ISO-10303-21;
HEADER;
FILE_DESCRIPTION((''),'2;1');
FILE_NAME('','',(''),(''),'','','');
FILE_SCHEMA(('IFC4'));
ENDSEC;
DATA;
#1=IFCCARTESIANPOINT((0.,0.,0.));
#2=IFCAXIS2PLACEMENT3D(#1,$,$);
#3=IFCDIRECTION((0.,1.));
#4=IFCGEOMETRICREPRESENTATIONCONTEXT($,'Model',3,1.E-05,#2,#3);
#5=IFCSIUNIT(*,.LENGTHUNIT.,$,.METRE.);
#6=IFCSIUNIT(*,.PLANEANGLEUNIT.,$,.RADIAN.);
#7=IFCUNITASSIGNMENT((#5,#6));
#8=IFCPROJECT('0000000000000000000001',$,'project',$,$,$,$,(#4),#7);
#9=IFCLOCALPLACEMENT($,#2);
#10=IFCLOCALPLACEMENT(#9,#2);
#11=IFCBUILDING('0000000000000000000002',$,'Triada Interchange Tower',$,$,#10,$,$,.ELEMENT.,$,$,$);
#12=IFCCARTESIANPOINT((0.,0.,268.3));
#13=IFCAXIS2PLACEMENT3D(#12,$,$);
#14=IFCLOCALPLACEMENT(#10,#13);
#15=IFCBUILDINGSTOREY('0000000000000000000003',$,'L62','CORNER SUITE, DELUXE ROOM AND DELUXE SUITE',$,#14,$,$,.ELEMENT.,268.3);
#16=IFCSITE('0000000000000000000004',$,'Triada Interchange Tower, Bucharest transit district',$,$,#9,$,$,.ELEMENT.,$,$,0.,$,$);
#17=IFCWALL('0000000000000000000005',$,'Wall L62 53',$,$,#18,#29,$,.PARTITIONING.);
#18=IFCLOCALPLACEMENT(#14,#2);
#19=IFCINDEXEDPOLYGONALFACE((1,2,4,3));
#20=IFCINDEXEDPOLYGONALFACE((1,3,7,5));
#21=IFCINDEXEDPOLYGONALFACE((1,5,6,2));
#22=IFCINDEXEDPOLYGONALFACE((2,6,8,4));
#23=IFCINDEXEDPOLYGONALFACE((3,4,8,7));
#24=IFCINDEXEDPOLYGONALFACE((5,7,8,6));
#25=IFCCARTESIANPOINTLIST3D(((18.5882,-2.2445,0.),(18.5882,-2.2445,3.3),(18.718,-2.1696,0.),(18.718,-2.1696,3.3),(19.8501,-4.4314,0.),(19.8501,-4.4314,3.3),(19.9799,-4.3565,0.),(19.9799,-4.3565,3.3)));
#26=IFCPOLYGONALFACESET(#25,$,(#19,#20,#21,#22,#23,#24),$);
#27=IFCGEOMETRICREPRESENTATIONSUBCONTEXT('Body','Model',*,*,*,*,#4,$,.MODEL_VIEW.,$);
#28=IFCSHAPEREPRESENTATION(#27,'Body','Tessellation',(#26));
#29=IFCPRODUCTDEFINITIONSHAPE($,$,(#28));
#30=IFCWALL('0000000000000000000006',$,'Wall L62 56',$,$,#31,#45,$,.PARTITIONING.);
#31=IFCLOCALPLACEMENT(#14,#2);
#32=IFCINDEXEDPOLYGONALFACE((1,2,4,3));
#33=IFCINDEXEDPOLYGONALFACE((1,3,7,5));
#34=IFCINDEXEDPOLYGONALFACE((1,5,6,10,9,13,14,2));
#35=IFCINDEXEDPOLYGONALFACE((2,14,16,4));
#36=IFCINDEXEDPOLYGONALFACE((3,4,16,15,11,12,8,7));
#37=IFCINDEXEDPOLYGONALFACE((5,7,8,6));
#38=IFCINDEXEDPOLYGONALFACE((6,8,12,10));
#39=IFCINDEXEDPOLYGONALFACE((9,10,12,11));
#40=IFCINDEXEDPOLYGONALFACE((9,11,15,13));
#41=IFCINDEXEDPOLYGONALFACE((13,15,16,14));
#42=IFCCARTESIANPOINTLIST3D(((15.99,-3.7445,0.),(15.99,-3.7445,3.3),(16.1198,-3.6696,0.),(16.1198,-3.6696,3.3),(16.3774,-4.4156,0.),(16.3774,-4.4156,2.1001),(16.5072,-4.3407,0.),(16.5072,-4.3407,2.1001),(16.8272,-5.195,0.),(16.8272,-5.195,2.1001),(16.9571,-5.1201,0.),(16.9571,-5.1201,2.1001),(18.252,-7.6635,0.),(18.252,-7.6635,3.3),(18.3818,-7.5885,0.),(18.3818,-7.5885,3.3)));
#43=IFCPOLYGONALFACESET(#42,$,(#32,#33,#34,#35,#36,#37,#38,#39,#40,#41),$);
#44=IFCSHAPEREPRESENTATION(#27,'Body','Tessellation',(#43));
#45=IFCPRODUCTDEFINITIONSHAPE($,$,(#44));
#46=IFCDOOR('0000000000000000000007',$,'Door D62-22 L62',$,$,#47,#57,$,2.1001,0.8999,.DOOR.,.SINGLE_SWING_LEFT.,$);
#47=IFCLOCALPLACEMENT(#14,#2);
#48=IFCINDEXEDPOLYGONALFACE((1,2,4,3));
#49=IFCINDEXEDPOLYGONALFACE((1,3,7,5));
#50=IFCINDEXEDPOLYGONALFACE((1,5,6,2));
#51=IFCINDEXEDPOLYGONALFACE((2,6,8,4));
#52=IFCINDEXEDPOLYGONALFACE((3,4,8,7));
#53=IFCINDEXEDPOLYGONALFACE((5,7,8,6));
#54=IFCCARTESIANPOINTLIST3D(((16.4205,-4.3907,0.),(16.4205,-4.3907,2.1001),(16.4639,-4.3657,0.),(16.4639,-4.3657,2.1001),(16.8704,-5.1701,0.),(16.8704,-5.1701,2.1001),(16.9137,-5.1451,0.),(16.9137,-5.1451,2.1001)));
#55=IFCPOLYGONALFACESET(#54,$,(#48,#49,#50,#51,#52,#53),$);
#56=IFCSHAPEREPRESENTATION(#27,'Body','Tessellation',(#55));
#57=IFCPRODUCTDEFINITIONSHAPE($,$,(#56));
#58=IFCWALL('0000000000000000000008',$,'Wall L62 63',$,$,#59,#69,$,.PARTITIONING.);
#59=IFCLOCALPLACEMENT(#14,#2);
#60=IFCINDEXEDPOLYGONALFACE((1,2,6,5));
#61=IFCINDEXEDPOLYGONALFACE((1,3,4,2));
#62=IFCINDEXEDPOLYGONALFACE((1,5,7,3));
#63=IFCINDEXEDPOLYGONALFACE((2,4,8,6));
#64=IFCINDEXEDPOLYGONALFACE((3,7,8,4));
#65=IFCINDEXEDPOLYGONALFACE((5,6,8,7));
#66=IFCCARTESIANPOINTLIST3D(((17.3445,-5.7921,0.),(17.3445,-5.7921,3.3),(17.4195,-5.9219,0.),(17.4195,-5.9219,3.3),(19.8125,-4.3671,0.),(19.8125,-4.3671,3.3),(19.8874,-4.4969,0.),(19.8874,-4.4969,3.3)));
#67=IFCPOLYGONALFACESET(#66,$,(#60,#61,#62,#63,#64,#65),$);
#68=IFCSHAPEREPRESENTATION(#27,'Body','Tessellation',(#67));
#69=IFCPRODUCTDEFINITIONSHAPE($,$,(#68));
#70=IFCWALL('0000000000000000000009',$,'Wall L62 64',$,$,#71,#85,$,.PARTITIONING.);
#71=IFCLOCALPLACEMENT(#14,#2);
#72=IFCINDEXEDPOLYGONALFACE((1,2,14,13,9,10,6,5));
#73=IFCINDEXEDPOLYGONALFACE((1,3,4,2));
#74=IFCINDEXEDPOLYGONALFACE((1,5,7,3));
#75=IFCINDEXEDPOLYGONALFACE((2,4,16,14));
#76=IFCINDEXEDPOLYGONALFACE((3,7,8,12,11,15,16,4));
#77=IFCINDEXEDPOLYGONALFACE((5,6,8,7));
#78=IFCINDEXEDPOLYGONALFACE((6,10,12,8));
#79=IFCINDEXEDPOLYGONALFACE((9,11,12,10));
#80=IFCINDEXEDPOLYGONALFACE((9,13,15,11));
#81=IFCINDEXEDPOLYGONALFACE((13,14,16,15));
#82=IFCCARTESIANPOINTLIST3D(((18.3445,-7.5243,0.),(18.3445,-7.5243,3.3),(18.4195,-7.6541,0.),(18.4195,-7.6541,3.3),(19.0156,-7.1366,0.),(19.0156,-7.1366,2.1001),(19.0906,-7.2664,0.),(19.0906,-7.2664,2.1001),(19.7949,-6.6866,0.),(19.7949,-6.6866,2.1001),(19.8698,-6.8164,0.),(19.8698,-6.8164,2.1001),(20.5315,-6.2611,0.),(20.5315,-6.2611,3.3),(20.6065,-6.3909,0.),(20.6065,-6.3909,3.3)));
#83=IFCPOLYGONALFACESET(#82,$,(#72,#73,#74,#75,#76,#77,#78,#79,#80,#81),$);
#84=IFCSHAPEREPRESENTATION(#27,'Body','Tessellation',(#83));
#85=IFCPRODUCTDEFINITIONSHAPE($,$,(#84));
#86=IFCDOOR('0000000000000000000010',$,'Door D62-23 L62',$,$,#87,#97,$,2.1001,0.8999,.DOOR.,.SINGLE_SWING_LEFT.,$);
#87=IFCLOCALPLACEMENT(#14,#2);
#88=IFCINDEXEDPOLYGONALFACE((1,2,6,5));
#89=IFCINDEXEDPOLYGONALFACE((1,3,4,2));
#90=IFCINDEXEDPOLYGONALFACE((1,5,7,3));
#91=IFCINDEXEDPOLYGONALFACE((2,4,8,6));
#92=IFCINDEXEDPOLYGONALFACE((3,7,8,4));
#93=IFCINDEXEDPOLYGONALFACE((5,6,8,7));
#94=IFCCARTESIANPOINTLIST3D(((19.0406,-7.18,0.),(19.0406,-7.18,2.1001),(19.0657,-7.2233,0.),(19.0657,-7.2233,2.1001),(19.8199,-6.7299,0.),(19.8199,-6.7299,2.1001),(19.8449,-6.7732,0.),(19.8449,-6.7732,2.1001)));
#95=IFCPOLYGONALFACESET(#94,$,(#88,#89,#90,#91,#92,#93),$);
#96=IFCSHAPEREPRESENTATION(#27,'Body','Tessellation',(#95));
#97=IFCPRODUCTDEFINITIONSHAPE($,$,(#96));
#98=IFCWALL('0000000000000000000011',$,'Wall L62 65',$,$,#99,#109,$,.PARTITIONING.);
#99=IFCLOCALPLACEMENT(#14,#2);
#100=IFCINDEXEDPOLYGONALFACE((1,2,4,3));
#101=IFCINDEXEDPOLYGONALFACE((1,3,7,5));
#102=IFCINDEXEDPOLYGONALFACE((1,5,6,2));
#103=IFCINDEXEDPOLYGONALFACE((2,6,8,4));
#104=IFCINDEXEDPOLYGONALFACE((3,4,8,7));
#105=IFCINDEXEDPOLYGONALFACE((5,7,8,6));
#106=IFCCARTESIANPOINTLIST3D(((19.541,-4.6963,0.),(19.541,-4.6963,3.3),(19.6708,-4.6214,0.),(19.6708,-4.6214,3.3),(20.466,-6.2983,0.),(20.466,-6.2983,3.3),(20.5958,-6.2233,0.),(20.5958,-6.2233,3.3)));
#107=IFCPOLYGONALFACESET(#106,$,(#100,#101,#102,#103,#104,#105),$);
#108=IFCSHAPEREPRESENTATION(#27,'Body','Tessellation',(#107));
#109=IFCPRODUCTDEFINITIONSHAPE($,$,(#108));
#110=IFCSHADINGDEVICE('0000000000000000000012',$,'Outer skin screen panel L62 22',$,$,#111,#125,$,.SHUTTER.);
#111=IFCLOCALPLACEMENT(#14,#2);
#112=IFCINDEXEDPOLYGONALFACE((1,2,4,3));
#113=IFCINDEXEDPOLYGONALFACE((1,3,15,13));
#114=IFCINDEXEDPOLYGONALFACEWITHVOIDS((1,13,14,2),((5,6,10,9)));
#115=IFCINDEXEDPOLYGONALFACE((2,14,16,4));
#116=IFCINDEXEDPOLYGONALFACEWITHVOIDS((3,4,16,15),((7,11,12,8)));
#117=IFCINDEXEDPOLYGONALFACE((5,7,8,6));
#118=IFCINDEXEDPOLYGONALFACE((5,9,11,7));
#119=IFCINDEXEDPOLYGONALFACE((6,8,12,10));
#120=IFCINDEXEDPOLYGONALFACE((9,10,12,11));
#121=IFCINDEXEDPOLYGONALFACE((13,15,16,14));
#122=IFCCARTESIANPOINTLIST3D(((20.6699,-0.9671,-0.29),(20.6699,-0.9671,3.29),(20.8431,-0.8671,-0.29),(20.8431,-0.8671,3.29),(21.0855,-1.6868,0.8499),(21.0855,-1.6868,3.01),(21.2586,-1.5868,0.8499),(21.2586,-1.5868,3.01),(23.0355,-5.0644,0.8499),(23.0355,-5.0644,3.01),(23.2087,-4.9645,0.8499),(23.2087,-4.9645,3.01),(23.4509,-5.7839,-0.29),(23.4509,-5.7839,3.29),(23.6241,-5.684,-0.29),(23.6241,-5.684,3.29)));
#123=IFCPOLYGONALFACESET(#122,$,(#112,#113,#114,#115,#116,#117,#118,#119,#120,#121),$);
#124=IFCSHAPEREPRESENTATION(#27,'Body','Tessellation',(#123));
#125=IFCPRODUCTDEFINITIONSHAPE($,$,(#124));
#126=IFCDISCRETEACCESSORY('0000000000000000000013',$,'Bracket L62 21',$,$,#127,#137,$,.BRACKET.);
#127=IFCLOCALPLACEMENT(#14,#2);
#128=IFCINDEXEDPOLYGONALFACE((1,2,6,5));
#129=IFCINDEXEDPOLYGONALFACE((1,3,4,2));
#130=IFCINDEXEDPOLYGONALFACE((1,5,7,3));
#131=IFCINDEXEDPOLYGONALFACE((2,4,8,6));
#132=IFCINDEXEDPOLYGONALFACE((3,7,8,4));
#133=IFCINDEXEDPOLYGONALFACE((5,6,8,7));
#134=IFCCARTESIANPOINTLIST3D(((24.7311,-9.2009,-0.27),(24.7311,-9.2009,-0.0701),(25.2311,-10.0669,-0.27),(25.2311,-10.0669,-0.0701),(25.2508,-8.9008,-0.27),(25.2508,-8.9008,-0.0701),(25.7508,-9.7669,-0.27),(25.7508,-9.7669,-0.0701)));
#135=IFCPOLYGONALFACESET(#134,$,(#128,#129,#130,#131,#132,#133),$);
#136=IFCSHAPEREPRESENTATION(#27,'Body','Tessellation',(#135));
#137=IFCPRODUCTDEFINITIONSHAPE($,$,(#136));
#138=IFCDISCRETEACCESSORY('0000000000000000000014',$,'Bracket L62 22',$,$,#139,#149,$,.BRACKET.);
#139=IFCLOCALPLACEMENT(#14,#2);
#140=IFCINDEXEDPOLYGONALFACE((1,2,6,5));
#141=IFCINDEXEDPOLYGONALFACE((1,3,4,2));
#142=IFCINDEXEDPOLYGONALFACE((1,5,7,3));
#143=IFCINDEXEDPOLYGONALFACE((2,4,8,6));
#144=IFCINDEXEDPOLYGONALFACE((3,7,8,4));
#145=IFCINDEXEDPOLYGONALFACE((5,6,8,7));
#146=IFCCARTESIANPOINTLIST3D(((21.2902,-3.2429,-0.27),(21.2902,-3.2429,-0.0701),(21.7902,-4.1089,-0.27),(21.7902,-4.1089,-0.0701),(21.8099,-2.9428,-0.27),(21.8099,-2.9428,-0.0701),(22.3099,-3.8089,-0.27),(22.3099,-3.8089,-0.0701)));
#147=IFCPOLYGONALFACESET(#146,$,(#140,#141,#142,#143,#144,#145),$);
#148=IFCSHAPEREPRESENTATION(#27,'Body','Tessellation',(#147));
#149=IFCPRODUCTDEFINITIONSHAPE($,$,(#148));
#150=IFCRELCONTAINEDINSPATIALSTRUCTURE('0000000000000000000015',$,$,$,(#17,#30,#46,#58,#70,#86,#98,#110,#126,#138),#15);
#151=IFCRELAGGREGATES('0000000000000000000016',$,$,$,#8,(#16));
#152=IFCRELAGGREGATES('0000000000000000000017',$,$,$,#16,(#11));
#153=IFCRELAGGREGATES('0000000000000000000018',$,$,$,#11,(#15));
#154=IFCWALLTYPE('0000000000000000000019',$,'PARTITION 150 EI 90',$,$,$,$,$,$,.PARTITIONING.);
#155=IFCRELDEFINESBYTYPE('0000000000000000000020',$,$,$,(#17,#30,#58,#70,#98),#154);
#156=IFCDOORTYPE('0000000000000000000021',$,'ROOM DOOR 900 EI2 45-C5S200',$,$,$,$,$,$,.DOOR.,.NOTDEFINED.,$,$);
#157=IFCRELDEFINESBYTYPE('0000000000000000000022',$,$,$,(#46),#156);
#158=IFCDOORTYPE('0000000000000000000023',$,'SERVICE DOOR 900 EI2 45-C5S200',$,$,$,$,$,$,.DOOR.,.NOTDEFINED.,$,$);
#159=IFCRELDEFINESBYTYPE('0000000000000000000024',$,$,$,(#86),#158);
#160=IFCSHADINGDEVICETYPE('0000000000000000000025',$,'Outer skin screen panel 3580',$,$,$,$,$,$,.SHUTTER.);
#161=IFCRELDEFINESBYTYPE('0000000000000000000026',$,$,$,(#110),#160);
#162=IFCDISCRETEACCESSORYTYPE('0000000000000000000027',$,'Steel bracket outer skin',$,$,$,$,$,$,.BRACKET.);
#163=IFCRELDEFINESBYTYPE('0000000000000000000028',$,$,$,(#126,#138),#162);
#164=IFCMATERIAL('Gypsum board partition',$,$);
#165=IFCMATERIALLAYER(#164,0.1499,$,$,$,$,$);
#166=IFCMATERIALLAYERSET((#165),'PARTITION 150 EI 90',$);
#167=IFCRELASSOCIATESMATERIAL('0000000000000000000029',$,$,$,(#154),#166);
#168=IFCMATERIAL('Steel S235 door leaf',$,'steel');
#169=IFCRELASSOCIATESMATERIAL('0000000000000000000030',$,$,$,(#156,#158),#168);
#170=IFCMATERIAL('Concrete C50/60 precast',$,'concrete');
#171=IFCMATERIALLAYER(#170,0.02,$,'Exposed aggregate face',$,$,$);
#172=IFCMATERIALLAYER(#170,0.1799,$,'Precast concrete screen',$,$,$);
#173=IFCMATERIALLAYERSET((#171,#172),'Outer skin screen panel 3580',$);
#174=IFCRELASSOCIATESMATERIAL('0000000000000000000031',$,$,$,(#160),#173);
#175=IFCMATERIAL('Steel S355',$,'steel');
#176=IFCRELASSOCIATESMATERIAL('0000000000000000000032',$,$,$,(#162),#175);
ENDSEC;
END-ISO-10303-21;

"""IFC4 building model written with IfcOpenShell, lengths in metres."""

from ifc_helpers import new_model, si_unit, direction, frame, frame_2d, origin, origin_2d, place, context, subcontext, project, spatial, polyline, rectangle, outline, extrude, material, layer, layer_set, type_object, element, fill, save


model = new_model("IFC4")

# Units and contexts
model_context = context("Model", 3, precision=1e-05, world=origin(), true_north=direction((0.0, 1.0)))
body_context = subcontext(model_context, "Body", "Model", "MODEL_VIEW")
ifc_project = project(units=[si_unit("LENGTHUNIT", "METRE"), si_unit("PLANEANGLEUNIT", "RADIAN")], contexts=[model_context])

# Site, building, storey
site_placement = place(None, origin())
site = spatial("IfcSite", under=ifc_project, at=site_placement, Name="Triada Interchange Tower, Bucharest transit district", CompositionType="ELEMENT", RefElevation=0.0)
building_placement = place(site_placement, origin())
building = spatial("IfcBuilding", under=site, at=building_placement, Name="Triada Interchange Tower", CompositionType="ELEMENT")
storey_placement = place(building_placement, frame((0.0, 0.0, 268.3)))
storey = spatial("IfcBuildingStorey", under=building, at=storey_placement, Name="L62", Description="CORNER SUITE, DELUXE ROOM AND DELUXE SUITE", CompositionType="ELEMENT", Elevation=268.3)

# Wall
ifc_material_1 = material(Name="Gypsum board partition")
ifc_layer_1 = layer(ifc_material_1, 0.1499)
ifc_layer_set_1 = layer_set([ifc_layer_1], Name="PARTITION 150 EI 90")
wall_type_1 = type_object("IfcWallType", Name="PARTITION 150 EI 90", PredefinedType="PARTITIONING", material=ifc_layer_set_1)
wall_1_placement = place(storey_placement, frame((18.6531, -2.207, 0.0), z_axis=(0.0, 0.0, 1.0), x_axis=(0.499789, -0.866147, 0.0)))
element("IfcWall", 1, at=wall_1_placement, inside=storey, type_object=wall_type_1, Name="Wall L62 53", PredefinedType="PARTITIONING", context=body_context, shape_type="SweptSolid", body=[
    extrude(rectangle(XDim=2.5249, YDim=0.1499, at=frame_2d((1.2625, 0.0))), origin(), (0.0, 0.0, 1.0), 3.3),
])

# Wall, opening, door
wall_2_placement = place(storey_placement, frame((16.0549, -3.707, 0.0), z_axis=(0.0, 0.0, 1.0), x_axis=(0.499894, -0.866087, 0.0)))
wall_2 = element("IfcWall", 2, at=wall_2_placement, inside=storey, type_object=wall_type_1, Name="Wall L62 56", PredefinedType="PARTITIONING", context=body_context, shape_type="SweptSolid", body=[
    extrude(rectangle(XDim=4.5249, YDim=0.1499, at=frame_2d((2.2625, 0.0))), origin(), (0.0, 0.0, 1.0), 3.3),
])
opening_1_placement = place(wall_2_placement, frame((0.7749, 0.0, 0.0)))
opening_1 = element("IfcOpeningElement", 3, at=opening_1_placement, cuts=wall_2, PredefinedType="OPENING", context=body_context, shape_type="SweptSolid", body=[
    extrude(rectangle(XDim=0.8999, YDim=2.1001, at=frame_2d((0.45, 1.05))), frame((0.0, 0.085, 0.0), z_axis=(0.0, -1.0, 0.0), x_axis=(1.0, 0.0, 0.0)), (0.0, 0.0, 1.0), 0.1699),
])
ifc_material_2 = material(Name="Steel S235 door leaf", Category="steel")
door_type_1 = type_object("IfcDoorType", Name="ROOM DOOR 900 EI2 45-C5S200", OperationType="NOTDEFINED", PredefinedType="DOOR", material=ifc_material_2)
door_1_placement = place(opening_1_placement, origin())
door_1 = element("IfcDoor", 4, at=door_1_placement, inside=storey, type_object=door_type_1, Name="Door D62-22 L62", OperationType="SINGLE_SWING_LEFT", OverallHeight=2.1001, OverallWidth=0.8999, PredefinedType="DOOR", context=body_context, shape_type="SweptSolid", body=[
    extrude(rectangle(XDim=0.8999, YDim=2.1001, at=frame_2d((0.45, 1.05))), frame((0.0, 0.0249, 0.0), z_axis=(0.0, -1.0, 0.0), x_axis=(1.0, 0.0, 0.0)), (0.0, 0.0, 1.0), 0.05),
])
fill(opening_1, door_1)

# Wall
wall_3_placement = place(storey_placement, frame((17.3821, -5.8569, 0.0), z_axis=(0.0, 0.0, 1.0), x_axis=(0.866004, 0.500036, 0.0)))
element("IfcWall", 5, at=wall_3_placement, inside=storey, type_object=wall_type_1, Name="Wall L62 63", PredefinedType="PARTITIONING", context=body_context, shape_type="SweptSolid", body=[
    extrude(rectangle(XDim=2.8499, YDim=0.1499, at=frame_2d((1.4248, 0.0))), origin(), (0.0, 0.0, 1.0), 3.3),
])

# Wall, opening, door
wall_4_placement = place(storey_placement, frame((18.3821, -7.5891, 0.0), z_axis=(0.0, 0.0, 1.0), x_axis=(0.865938, 0.500152, 0.0)))
wall_4 = element("IfcWall", 6, at=wall_4_placement, inside=storey, type_object=wall_type_1, Name="Wall L62 64", PredefinedType="PARTITIONING", context=body_context, shape_type="SweptSolid", body=[
    extrude(rectangle(XDim=2.5256, YDim=0.1499, at=frame_2d((1.2627, 0.0))), origin(), (0.0, 0.0, 1.0), 3.3),
])
opening_2_placement = place(wall_4_placement, frame((0.7749, 0.0, 0.0)))
opening_2 = element("IfcOpeningElement", 7, at=opening_2_placement, cuts=wall_4, PredefinedType="OPENING", context=body_context, shape_type="SweptSolid", body=[
    extrude(rectangle(XDim=0.8999, YDim=2.1001, at=frame_2d((0.45, 1.05))), frame((0.0, 0.085, 0.0), z_axis=(0.0, -1.0, 0.0), x_axis=(1.0, 0.0, 0.0)), (0.0, 0.0, 1.0), 0.1699),
])
door_type_2 = type_object("IfcDoorType", Name="SERVICE DOOR 900 EI2 45-C5S200", OperationType="NOTDEFINED", PredefinedType="DOOR", material=ifc_material_2)
door_2_placement = place(opening_2_placement, origin())
door_2 = element("IfcDoor", 8, at=door_2_placement, inside=storey, type_object=door_type_2, Name="Door D62-23 L62", OperationType="SINGLE_SWING_LEFT", OverallHeight=2.1001, OverallWidth=0.8999, PredefinedType="DOOR", context=body_context, shape_type="SweptSolid", body=[
    extrude(rectangle(XDim=0.8999, YDim=2.1001, at=frame_2d((0.45, 1.05))), frame((0.0, 0.0249, 0.0), z_axis=(0.0, -1.0, 0.0), x_axis=(1.0, 0.0, 0.0)), (0.0, 0.0, 1.0), 0.05),
])
fill(opening_2, door_2)

# Wall
wall_5_placement = place(storey_placement, frame((19.606, -4.6589, 0.0), z_axis=(0.0, 0.0, 1.0), x_axis=(0.500042, -0.866001, 0.0)))
element("IfcWall", 9, at=wall_5_placement, inside=storey, type_object=wall_type_1, Name="Wall L62 65", PredefinedType="PARTITIONING", context=body_context, shape_type="SweptSolid", body=[
    extrude(rectangle(XDim=1.8499, YDim=0.1499, at=frame_2d((0.9248, 0.0))), origin(), (0.0, 0.0, 1.0), 3.3),
])

# Shading device
ifc_material_3 = material(Name="Concrete C50/60 precast", Category="concrete")
ifc_layer_2 = layer(ifc_material_3, 0.02, Name="Exposed aggregate face")
ifc_layer_3 = layer(ifc_material_3, 0.1799, Name="Precast concrete screen")
ifc_layer_set_2 = layer_set([ifc_layer_2, ifc_layer_3], Name="Outer skin screen panel 3580")
shading_device_type = type_object("IfcShadingDeviceType", Name="Outer skin screen panel 3580", PredefinedType="SHUTTER", material=ifc_layer_set_2)
shading_device_placement = place(storey_placement, frame((23.4509, -5.7839, -0.29), z_axis=(0.0, 0.0, 1.0), x_axis=(-0.499996, 0.866028, 0.0)))
element("IfcShadingDevice", 10, at=shading_device_placement, inside=storey, type_object=shading_device_type, Name="Outer skin screen panel L62 22", PredefinedType="SHUTTER", context=body_context, shape_type="SweptSolid", body=[
    extrude(outline(polyline([(0.0, 0.0), (5.562, 0.0), (5.562, 3.5801), (0.0, 3.5801), (0.0, 0.0)]), holes=[polyline([(0.8308, 1.1399), (0.8308, 3.3), (4.731, 3.3), (4.731, 1.1399), (0.8308, 1.1399)])]), frame((0.0, 0.0, 0.0), z_axis=(0.0, -1.0, 0.0), x_axis=(1.0, 0.0, 0.0)), (0.0, 0.0, 1.0), 0.2),
])

# Discrete accessories
ifc_material_4 = material(Name="Steel S355", Category="steel")
discrete_accessory_type = type_object("IfcDiscreteAccessoryType", Name="Steel bracket outer skin", PredefinedType="BRACKET", material=ifc_material_4)
for number, where, z_axis, x_axis, name in (
    (11, (25.241, -9.4839, -0.27), (0.0, 0.0, 1.0), (0.866029, 0.499994, 0.0), "Bracket L62 21"),
    (12, (21.8, -3.5259, -0.27), (0.0, 0.0, 1.0), (0.866029, 0.499994, 0.0), "Bracket L62 22"),
):
    element("IfcDiscreteAccessory", number, at=place(storey_placement, frame(where, z_axis=z_axis, x_axis=x_axis)), inside=storey, type_object=discrete_accessory_type, Name=name, PredefinedType="BRACKET", context=body_context, shape_type="SweptSolid", body=[
        extrude(rectangle(XDim=0.6001, YDim=1.0, at=origin_2d()), origin(), (0.0, 0.0, 1.0), 0.2),
    ])

save(model, "model.ifc")
